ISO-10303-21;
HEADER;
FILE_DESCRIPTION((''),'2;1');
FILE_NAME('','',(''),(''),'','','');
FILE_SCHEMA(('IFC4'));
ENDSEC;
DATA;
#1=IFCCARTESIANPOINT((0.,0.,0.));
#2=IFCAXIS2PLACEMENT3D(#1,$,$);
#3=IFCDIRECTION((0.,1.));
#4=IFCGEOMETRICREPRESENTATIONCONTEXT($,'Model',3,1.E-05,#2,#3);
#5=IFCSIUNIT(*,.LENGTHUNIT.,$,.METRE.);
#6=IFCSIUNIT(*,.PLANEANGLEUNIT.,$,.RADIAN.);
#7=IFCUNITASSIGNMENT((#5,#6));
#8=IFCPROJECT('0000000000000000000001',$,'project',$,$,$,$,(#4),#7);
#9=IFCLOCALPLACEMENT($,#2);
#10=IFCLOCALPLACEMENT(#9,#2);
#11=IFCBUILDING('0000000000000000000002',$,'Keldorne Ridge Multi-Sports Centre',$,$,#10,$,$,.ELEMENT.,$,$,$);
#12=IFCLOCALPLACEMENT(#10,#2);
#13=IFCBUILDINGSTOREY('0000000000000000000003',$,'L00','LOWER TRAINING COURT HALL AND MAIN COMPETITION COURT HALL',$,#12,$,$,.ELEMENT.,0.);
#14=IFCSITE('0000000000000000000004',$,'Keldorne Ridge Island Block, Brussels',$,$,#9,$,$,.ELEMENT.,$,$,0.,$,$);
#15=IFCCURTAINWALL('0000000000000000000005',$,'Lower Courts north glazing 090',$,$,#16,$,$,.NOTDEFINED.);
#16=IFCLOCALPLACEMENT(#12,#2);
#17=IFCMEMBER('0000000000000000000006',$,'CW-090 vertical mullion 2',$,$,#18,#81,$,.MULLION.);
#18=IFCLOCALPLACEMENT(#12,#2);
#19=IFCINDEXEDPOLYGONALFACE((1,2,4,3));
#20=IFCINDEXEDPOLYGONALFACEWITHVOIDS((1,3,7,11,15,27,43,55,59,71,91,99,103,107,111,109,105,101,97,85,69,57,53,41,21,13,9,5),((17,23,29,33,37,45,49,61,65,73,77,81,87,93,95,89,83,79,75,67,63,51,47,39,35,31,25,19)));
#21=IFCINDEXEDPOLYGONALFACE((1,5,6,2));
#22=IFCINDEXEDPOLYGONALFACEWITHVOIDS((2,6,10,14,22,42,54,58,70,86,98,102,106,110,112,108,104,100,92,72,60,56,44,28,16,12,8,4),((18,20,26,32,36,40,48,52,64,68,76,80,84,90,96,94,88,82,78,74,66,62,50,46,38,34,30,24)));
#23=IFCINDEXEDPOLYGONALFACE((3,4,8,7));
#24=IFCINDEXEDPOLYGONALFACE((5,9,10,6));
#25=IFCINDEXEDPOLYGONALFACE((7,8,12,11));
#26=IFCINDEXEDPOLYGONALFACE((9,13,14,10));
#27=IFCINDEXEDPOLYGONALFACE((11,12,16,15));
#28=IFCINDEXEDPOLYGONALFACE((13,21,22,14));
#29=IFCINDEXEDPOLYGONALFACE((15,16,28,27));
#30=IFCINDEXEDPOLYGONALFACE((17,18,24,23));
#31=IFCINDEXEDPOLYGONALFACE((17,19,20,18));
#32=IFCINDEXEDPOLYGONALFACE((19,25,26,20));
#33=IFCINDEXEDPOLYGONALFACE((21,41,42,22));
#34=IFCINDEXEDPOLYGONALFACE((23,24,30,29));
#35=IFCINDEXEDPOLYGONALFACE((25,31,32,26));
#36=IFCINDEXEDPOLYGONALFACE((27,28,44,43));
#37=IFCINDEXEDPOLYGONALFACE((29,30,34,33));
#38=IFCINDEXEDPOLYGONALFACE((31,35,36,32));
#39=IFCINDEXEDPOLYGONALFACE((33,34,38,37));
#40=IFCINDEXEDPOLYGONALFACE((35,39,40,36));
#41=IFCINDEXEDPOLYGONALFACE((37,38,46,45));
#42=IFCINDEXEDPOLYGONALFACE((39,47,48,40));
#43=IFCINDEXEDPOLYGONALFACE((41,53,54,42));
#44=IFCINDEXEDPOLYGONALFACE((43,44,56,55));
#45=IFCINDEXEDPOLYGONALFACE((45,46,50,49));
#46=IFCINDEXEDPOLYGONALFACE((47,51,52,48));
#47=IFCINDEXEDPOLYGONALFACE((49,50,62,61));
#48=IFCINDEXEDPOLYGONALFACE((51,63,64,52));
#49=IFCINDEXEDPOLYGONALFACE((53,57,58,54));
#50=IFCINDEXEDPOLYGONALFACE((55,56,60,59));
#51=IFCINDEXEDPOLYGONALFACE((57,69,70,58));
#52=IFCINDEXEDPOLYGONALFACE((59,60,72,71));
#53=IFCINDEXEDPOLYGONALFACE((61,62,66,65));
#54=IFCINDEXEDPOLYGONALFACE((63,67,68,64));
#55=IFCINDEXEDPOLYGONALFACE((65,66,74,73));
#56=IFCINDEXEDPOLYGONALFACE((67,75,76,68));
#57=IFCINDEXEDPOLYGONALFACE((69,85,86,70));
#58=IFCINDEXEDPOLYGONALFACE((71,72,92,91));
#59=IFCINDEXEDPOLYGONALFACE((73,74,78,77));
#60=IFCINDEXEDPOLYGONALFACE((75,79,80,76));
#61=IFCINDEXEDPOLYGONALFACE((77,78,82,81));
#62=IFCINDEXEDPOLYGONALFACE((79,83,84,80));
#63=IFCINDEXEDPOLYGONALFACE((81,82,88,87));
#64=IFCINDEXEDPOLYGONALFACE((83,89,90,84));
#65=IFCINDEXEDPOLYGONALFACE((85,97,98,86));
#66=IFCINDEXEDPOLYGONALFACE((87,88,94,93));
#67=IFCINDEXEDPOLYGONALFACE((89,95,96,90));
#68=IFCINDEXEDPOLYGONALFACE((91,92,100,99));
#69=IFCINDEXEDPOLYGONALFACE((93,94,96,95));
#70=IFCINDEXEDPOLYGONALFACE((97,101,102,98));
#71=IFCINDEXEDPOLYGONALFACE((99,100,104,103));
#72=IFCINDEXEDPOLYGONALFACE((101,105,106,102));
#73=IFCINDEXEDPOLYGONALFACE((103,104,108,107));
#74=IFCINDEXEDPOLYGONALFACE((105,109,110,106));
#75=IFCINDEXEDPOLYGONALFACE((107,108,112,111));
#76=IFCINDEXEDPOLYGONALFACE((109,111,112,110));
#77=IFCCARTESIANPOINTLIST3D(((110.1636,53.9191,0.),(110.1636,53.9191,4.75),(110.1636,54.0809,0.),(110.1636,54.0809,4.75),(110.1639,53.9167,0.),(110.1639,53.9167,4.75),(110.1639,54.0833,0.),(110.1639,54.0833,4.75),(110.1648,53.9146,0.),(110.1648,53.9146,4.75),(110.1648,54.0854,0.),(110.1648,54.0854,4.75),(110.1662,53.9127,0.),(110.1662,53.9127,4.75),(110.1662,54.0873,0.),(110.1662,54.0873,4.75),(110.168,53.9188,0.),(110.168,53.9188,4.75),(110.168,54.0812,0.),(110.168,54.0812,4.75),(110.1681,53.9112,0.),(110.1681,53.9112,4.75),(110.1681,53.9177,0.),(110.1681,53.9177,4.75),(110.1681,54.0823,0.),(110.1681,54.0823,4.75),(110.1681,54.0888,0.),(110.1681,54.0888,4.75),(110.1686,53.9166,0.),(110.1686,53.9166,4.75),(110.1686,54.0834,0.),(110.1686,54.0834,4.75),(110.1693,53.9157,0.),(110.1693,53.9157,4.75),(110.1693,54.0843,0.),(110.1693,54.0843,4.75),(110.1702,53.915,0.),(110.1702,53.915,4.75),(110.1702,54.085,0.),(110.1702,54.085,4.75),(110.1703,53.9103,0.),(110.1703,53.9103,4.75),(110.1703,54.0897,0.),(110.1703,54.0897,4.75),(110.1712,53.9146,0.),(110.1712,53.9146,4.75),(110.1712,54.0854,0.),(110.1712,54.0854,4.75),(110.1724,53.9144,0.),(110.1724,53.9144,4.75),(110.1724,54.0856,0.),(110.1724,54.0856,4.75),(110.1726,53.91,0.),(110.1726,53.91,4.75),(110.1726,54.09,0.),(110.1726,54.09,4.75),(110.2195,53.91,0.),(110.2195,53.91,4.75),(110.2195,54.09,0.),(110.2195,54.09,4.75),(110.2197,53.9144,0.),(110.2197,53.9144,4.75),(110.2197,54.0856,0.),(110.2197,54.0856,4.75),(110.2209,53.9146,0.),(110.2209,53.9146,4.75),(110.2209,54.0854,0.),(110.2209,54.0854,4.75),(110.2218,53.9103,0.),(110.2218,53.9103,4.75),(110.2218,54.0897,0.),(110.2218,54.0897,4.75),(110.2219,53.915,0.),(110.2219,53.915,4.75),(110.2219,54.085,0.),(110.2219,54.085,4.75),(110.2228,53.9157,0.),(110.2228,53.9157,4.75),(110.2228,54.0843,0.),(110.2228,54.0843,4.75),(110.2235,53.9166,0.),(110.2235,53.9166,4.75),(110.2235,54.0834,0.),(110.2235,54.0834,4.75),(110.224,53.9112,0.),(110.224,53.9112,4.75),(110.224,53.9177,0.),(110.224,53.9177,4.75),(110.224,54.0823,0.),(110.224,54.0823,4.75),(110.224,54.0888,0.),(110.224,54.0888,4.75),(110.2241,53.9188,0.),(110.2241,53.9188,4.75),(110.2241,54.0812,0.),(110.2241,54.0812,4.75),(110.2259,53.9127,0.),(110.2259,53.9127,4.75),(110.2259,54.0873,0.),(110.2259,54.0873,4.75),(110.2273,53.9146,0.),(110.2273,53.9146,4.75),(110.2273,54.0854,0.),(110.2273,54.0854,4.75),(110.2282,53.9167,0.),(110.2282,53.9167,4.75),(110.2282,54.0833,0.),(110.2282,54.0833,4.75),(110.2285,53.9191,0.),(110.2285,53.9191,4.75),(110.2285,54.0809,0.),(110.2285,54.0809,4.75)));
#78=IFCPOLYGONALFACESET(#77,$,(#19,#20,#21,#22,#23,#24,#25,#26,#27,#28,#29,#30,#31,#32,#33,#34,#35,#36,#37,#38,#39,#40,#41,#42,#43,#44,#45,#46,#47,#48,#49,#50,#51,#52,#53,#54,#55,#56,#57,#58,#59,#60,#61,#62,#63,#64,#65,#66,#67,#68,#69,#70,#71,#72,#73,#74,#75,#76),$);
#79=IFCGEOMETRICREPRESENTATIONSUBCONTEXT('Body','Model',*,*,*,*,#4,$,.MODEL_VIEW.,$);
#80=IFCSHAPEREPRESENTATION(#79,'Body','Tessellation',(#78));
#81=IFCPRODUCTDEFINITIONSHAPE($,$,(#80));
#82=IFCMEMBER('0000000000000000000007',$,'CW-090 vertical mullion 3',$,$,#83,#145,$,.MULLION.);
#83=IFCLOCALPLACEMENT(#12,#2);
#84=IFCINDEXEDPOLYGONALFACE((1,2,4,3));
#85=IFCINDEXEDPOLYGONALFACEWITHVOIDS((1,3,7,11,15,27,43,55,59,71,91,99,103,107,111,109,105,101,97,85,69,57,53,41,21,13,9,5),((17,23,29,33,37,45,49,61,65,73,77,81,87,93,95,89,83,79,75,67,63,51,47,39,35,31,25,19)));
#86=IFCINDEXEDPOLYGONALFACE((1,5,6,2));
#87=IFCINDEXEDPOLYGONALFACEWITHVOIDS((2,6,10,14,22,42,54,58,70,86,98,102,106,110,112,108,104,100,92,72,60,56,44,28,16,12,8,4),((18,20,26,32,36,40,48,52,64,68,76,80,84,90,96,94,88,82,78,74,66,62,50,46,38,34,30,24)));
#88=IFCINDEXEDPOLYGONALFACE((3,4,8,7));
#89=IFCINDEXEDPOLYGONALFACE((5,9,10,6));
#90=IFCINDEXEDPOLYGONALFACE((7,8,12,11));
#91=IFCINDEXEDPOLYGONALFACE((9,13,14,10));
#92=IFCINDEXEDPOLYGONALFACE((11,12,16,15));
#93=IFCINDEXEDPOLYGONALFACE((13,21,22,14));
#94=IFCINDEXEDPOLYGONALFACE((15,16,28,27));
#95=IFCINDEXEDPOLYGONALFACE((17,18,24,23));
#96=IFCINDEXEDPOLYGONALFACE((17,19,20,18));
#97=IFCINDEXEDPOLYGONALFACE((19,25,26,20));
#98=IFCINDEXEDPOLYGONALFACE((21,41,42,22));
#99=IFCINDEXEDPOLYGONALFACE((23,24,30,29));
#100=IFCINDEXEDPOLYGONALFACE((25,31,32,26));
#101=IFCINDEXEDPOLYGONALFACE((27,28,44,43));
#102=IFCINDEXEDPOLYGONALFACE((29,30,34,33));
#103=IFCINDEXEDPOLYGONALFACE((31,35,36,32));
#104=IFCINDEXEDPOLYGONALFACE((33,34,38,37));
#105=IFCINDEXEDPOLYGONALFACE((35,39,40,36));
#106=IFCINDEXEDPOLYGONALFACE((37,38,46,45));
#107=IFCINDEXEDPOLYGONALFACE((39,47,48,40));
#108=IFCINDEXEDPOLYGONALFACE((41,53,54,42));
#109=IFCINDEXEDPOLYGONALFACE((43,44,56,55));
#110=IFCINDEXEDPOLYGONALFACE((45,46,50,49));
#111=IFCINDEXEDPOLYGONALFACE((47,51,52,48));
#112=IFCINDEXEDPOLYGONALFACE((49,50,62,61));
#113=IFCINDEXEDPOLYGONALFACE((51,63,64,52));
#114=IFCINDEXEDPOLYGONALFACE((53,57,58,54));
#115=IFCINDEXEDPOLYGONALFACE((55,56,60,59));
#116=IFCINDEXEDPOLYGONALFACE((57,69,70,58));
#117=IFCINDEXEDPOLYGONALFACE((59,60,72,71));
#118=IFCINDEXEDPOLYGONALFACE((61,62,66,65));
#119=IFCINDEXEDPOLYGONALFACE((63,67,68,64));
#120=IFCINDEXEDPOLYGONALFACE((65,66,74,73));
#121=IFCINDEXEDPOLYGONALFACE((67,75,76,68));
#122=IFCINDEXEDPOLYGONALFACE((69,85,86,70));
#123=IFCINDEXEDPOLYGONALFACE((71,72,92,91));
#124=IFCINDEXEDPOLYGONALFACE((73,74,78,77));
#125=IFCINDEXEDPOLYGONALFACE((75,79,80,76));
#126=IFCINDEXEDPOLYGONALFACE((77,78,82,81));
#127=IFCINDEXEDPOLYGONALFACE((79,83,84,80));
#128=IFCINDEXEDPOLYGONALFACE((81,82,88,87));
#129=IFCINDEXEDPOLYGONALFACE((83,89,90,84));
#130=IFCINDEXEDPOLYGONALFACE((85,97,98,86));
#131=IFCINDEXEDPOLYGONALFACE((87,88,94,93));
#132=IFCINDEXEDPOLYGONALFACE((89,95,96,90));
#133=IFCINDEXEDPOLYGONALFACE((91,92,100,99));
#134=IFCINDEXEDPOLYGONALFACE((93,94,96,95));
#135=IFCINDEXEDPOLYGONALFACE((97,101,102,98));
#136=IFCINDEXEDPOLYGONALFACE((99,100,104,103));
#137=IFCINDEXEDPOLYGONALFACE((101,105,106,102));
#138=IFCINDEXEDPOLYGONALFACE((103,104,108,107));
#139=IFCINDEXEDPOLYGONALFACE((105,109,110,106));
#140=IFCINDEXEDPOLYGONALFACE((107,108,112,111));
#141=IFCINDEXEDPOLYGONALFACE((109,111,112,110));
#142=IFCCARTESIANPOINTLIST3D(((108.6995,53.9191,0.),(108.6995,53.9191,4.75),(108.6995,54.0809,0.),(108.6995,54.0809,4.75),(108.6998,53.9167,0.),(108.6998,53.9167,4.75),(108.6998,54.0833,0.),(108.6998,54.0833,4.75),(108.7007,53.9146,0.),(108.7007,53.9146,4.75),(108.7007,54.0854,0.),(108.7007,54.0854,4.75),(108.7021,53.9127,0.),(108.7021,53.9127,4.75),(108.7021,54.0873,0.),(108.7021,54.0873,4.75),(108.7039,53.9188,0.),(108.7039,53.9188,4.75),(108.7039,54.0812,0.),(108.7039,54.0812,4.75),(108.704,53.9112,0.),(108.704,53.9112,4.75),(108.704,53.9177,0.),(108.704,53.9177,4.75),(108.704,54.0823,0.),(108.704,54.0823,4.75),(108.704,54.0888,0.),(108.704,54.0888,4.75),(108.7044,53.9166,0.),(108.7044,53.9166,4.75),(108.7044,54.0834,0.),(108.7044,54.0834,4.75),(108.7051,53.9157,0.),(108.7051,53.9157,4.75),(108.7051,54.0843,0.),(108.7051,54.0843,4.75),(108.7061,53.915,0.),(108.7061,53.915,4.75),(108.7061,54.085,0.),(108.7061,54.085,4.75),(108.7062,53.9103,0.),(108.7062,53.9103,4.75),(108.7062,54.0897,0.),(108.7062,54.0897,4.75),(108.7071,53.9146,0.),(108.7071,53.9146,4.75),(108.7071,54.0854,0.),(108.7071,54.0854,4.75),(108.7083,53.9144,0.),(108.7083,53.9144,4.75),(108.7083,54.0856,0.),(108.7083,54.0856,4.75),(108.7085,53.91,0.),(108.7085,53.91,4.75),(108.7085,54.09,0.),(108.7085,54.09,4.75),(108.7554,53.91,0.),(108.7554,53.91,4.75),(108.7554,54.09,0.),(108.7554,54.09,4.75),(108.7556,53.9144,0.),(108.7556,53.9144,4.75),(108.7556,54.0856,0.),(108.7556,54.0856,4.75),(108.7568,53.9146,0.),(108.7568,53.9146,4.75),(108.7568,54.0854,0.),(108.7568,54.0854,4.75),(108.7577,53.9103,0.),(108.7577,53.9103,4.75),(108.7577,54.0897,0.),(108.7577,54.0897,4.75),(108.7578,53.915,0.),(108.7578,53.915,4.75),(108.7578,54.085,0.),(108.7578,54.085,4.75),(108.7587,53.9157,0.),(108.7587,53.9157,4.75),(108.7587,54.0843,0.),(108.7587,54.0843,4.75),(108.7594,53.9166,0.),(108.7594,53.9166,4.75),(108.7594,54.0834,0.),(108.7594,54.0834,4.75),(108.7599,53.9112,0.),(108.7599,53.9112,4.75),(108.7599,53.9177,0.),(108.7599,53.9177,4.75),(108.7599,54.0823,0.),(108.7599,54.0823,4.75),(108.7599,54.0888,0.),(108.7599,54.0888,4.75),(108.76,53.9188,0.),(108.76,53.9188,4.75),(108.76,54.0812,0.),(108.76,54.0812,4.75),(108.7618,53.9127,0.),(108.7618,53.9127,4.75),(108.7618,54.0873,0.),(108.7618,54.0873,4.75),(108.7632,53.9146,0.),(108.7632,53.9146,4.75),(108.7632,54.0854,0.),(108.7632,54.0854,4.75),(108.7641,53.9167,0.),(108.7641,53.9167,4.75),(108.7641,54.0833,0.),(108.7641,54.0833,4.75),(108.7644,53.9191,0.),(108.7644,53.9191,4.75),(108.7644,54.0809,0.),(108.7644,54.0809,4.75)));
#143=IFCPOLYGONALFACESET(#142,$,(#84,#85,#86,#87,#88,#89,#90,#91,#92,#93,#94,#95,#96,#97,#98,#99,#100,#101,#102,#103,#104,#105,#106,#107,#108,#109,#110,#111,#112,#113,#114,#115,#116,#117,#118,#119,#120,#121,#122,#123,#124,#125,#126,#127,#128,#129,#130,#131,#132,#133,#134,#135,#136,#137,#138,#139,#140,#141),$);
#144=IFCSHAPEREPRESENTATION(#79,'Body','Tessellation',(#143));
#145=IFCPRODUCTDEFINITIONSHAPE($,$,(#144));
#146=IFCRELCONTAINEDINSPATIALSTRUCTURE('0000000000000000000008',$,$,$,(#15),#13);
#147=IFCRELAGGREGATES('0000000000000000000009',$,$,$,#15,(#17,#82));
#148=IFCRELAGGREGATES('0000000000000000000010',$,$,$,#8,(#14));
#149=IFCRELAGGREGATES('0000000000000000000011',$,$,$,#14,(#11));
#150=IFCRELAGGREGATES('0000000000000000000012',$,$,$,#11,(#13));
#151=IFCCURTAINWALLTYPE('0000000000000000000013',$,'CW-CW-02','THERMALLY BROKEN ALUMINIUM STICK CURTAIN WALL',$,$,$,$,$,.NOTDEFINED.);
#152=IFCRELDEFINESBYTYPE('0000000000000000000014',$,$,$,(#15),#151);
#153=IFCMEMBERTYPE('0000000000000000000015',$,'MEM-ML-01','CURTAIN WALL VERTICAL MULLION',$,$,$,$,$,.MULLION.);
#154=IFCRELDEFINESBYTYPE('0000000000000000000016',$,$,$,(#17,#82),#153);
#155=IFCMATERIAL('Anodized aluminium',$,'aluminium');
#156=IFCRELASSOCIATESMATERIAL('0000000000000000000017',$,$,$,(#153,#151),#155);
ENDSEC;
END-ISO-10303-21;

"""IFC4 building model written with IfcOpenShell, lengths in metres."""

from ifc_helpers import new_model, si_unit, direction, frame, origin, origin_2d, place, context, subcontext, project, spatial, hollow_rectangle, extrude, material, material_profile, profile_set, type_object, element, aggregate, save


model = new_model("IFC4")

# Units and contexts
model_context = context("Model", 3, precision=1e-05, world=origin(), true_north=direction((0.0, 1.0)))
body_context = subcontext(model_context, "Body", "Model", "MODEL_VIEW")
ifc_project = project(units=[si_unit("LENGTHUNIT", "METRE"), si_unit("PLANEANGLEUNIT", "RADIAN")], contexts=[model_context])

# Site, building, storey
site_placement = place(None, origin())
site = spatial("IfcSite", under=ifc_project, at=site_placement, Name="Keldorne Ridge Island Block, Brussels", CompositionType="ELEMENT", RefElevation=0.0)
building_placement = place(site_placement, origin())
building = spatial("IfcBuilding", under=site, at=building_placement, Name="Keldorne Ridge Multi-Sports Centre", CompositionType="ELEMENT")
storey_placement = place(building_placement, origin())
storey = spatial("IfcBuildingStorey", under=building, at=storey_placement, Name="L00", Description="LOWER TRAINING COURT HALL AND MAIN COMPETITION COURT HALL", CompositionType="ELEMENT", Elevation=0.0)

# Curtain wall, members
ifc_material_1 = material(Name="Anodized aluminium", Category="aluminium")
ifc_material_profile_1 = material_profile(ifc_material_1, hollow_rectangle(XDim=0.0649, YDim=0.1799, WallThickness=0.0044, InnerFilletRadius=0.0044, OuterFilletRadius=0.009, at=origin_2d()), Name="ALU MULLION 180x65x4.5")
ifc_profile_set_1 = profile_set([ifc_material_profile_1], Name="Anodized aluminium")
member_type_1 = type_object("IfcMemberType", Name="MEM-ML-01", Description="CURTAIN WALL VERTICAL MULLION", PredefinedType="MULLION", material=ifc_profile_set_1)
curtain_wall_type_1 = type_object("IfcCurtainWallType", Name="CW-CW-02", Description="THERMALLY BROKEN ALUMINIUM STICK CURTAIN WALL", PredefinedType="NOTDEFINED", material=ifc_material_1)
curtain_wall_1_placement = place(storey_placement, origin())
curtain_wall_1 = element("IfcCurtainWall", 1, at=curtain_wall_1_placement, inside=storey, type_object=curtain_wall_type_1, Name="Lower Courts north glazing 090", PredefinedType="NOTDEFINED")
member_1_placement = place(storey_placement, frame((110.196, 54.0, 0.0), z_axis=(0.0, 0.0, 1.0), x_axis=(1.0, 0.0, 0.0)))
member_1 = element("IfcMember", 2, at=member_1_placement, type_object=member_type_1, Name="CW-090 vertical mullion 2", PredefinedType="MULLION", context=body_context, shape_type="SweptSolid", body=[
    extrude(hollow_rectangle(XDim=0.0649, YDim=0.1799, WallThickness=0.0044, InnerFilletRadius=0.0044, OuterFilletRadius=0.009, at=origin_2d()), origin(), (0.0, 0.0, 1.0), 4.75),
])
member_2_placement = place(storey_placement, frame((108.7319, 54.0, 0.0), z_axis=(0.0, 0.0, 1.0), x_axis=(1.0, 0.0, 0.0)))
member_2 = element("IfcMember", 3, at=member_2_placement, type_object=member_type_1, Name="CW-090 vertical mullion 3", PredefinedType="MULLION", context=body_context, shape_type="SweptSolid", body=[
    extrude(hollow_rectangle(XDim=0.0649, YDim=0.1799, WallThickness=0.0044, InnerFilletRadius=0.0044, OuterFilletRadius=0.009, at=origin_2d()), origin(), (0.0, 0.0, 1.0), 4.75),
])

aggregate(curtain_wall_1, [member_1, member_2])

save(model, "model.ifc")
